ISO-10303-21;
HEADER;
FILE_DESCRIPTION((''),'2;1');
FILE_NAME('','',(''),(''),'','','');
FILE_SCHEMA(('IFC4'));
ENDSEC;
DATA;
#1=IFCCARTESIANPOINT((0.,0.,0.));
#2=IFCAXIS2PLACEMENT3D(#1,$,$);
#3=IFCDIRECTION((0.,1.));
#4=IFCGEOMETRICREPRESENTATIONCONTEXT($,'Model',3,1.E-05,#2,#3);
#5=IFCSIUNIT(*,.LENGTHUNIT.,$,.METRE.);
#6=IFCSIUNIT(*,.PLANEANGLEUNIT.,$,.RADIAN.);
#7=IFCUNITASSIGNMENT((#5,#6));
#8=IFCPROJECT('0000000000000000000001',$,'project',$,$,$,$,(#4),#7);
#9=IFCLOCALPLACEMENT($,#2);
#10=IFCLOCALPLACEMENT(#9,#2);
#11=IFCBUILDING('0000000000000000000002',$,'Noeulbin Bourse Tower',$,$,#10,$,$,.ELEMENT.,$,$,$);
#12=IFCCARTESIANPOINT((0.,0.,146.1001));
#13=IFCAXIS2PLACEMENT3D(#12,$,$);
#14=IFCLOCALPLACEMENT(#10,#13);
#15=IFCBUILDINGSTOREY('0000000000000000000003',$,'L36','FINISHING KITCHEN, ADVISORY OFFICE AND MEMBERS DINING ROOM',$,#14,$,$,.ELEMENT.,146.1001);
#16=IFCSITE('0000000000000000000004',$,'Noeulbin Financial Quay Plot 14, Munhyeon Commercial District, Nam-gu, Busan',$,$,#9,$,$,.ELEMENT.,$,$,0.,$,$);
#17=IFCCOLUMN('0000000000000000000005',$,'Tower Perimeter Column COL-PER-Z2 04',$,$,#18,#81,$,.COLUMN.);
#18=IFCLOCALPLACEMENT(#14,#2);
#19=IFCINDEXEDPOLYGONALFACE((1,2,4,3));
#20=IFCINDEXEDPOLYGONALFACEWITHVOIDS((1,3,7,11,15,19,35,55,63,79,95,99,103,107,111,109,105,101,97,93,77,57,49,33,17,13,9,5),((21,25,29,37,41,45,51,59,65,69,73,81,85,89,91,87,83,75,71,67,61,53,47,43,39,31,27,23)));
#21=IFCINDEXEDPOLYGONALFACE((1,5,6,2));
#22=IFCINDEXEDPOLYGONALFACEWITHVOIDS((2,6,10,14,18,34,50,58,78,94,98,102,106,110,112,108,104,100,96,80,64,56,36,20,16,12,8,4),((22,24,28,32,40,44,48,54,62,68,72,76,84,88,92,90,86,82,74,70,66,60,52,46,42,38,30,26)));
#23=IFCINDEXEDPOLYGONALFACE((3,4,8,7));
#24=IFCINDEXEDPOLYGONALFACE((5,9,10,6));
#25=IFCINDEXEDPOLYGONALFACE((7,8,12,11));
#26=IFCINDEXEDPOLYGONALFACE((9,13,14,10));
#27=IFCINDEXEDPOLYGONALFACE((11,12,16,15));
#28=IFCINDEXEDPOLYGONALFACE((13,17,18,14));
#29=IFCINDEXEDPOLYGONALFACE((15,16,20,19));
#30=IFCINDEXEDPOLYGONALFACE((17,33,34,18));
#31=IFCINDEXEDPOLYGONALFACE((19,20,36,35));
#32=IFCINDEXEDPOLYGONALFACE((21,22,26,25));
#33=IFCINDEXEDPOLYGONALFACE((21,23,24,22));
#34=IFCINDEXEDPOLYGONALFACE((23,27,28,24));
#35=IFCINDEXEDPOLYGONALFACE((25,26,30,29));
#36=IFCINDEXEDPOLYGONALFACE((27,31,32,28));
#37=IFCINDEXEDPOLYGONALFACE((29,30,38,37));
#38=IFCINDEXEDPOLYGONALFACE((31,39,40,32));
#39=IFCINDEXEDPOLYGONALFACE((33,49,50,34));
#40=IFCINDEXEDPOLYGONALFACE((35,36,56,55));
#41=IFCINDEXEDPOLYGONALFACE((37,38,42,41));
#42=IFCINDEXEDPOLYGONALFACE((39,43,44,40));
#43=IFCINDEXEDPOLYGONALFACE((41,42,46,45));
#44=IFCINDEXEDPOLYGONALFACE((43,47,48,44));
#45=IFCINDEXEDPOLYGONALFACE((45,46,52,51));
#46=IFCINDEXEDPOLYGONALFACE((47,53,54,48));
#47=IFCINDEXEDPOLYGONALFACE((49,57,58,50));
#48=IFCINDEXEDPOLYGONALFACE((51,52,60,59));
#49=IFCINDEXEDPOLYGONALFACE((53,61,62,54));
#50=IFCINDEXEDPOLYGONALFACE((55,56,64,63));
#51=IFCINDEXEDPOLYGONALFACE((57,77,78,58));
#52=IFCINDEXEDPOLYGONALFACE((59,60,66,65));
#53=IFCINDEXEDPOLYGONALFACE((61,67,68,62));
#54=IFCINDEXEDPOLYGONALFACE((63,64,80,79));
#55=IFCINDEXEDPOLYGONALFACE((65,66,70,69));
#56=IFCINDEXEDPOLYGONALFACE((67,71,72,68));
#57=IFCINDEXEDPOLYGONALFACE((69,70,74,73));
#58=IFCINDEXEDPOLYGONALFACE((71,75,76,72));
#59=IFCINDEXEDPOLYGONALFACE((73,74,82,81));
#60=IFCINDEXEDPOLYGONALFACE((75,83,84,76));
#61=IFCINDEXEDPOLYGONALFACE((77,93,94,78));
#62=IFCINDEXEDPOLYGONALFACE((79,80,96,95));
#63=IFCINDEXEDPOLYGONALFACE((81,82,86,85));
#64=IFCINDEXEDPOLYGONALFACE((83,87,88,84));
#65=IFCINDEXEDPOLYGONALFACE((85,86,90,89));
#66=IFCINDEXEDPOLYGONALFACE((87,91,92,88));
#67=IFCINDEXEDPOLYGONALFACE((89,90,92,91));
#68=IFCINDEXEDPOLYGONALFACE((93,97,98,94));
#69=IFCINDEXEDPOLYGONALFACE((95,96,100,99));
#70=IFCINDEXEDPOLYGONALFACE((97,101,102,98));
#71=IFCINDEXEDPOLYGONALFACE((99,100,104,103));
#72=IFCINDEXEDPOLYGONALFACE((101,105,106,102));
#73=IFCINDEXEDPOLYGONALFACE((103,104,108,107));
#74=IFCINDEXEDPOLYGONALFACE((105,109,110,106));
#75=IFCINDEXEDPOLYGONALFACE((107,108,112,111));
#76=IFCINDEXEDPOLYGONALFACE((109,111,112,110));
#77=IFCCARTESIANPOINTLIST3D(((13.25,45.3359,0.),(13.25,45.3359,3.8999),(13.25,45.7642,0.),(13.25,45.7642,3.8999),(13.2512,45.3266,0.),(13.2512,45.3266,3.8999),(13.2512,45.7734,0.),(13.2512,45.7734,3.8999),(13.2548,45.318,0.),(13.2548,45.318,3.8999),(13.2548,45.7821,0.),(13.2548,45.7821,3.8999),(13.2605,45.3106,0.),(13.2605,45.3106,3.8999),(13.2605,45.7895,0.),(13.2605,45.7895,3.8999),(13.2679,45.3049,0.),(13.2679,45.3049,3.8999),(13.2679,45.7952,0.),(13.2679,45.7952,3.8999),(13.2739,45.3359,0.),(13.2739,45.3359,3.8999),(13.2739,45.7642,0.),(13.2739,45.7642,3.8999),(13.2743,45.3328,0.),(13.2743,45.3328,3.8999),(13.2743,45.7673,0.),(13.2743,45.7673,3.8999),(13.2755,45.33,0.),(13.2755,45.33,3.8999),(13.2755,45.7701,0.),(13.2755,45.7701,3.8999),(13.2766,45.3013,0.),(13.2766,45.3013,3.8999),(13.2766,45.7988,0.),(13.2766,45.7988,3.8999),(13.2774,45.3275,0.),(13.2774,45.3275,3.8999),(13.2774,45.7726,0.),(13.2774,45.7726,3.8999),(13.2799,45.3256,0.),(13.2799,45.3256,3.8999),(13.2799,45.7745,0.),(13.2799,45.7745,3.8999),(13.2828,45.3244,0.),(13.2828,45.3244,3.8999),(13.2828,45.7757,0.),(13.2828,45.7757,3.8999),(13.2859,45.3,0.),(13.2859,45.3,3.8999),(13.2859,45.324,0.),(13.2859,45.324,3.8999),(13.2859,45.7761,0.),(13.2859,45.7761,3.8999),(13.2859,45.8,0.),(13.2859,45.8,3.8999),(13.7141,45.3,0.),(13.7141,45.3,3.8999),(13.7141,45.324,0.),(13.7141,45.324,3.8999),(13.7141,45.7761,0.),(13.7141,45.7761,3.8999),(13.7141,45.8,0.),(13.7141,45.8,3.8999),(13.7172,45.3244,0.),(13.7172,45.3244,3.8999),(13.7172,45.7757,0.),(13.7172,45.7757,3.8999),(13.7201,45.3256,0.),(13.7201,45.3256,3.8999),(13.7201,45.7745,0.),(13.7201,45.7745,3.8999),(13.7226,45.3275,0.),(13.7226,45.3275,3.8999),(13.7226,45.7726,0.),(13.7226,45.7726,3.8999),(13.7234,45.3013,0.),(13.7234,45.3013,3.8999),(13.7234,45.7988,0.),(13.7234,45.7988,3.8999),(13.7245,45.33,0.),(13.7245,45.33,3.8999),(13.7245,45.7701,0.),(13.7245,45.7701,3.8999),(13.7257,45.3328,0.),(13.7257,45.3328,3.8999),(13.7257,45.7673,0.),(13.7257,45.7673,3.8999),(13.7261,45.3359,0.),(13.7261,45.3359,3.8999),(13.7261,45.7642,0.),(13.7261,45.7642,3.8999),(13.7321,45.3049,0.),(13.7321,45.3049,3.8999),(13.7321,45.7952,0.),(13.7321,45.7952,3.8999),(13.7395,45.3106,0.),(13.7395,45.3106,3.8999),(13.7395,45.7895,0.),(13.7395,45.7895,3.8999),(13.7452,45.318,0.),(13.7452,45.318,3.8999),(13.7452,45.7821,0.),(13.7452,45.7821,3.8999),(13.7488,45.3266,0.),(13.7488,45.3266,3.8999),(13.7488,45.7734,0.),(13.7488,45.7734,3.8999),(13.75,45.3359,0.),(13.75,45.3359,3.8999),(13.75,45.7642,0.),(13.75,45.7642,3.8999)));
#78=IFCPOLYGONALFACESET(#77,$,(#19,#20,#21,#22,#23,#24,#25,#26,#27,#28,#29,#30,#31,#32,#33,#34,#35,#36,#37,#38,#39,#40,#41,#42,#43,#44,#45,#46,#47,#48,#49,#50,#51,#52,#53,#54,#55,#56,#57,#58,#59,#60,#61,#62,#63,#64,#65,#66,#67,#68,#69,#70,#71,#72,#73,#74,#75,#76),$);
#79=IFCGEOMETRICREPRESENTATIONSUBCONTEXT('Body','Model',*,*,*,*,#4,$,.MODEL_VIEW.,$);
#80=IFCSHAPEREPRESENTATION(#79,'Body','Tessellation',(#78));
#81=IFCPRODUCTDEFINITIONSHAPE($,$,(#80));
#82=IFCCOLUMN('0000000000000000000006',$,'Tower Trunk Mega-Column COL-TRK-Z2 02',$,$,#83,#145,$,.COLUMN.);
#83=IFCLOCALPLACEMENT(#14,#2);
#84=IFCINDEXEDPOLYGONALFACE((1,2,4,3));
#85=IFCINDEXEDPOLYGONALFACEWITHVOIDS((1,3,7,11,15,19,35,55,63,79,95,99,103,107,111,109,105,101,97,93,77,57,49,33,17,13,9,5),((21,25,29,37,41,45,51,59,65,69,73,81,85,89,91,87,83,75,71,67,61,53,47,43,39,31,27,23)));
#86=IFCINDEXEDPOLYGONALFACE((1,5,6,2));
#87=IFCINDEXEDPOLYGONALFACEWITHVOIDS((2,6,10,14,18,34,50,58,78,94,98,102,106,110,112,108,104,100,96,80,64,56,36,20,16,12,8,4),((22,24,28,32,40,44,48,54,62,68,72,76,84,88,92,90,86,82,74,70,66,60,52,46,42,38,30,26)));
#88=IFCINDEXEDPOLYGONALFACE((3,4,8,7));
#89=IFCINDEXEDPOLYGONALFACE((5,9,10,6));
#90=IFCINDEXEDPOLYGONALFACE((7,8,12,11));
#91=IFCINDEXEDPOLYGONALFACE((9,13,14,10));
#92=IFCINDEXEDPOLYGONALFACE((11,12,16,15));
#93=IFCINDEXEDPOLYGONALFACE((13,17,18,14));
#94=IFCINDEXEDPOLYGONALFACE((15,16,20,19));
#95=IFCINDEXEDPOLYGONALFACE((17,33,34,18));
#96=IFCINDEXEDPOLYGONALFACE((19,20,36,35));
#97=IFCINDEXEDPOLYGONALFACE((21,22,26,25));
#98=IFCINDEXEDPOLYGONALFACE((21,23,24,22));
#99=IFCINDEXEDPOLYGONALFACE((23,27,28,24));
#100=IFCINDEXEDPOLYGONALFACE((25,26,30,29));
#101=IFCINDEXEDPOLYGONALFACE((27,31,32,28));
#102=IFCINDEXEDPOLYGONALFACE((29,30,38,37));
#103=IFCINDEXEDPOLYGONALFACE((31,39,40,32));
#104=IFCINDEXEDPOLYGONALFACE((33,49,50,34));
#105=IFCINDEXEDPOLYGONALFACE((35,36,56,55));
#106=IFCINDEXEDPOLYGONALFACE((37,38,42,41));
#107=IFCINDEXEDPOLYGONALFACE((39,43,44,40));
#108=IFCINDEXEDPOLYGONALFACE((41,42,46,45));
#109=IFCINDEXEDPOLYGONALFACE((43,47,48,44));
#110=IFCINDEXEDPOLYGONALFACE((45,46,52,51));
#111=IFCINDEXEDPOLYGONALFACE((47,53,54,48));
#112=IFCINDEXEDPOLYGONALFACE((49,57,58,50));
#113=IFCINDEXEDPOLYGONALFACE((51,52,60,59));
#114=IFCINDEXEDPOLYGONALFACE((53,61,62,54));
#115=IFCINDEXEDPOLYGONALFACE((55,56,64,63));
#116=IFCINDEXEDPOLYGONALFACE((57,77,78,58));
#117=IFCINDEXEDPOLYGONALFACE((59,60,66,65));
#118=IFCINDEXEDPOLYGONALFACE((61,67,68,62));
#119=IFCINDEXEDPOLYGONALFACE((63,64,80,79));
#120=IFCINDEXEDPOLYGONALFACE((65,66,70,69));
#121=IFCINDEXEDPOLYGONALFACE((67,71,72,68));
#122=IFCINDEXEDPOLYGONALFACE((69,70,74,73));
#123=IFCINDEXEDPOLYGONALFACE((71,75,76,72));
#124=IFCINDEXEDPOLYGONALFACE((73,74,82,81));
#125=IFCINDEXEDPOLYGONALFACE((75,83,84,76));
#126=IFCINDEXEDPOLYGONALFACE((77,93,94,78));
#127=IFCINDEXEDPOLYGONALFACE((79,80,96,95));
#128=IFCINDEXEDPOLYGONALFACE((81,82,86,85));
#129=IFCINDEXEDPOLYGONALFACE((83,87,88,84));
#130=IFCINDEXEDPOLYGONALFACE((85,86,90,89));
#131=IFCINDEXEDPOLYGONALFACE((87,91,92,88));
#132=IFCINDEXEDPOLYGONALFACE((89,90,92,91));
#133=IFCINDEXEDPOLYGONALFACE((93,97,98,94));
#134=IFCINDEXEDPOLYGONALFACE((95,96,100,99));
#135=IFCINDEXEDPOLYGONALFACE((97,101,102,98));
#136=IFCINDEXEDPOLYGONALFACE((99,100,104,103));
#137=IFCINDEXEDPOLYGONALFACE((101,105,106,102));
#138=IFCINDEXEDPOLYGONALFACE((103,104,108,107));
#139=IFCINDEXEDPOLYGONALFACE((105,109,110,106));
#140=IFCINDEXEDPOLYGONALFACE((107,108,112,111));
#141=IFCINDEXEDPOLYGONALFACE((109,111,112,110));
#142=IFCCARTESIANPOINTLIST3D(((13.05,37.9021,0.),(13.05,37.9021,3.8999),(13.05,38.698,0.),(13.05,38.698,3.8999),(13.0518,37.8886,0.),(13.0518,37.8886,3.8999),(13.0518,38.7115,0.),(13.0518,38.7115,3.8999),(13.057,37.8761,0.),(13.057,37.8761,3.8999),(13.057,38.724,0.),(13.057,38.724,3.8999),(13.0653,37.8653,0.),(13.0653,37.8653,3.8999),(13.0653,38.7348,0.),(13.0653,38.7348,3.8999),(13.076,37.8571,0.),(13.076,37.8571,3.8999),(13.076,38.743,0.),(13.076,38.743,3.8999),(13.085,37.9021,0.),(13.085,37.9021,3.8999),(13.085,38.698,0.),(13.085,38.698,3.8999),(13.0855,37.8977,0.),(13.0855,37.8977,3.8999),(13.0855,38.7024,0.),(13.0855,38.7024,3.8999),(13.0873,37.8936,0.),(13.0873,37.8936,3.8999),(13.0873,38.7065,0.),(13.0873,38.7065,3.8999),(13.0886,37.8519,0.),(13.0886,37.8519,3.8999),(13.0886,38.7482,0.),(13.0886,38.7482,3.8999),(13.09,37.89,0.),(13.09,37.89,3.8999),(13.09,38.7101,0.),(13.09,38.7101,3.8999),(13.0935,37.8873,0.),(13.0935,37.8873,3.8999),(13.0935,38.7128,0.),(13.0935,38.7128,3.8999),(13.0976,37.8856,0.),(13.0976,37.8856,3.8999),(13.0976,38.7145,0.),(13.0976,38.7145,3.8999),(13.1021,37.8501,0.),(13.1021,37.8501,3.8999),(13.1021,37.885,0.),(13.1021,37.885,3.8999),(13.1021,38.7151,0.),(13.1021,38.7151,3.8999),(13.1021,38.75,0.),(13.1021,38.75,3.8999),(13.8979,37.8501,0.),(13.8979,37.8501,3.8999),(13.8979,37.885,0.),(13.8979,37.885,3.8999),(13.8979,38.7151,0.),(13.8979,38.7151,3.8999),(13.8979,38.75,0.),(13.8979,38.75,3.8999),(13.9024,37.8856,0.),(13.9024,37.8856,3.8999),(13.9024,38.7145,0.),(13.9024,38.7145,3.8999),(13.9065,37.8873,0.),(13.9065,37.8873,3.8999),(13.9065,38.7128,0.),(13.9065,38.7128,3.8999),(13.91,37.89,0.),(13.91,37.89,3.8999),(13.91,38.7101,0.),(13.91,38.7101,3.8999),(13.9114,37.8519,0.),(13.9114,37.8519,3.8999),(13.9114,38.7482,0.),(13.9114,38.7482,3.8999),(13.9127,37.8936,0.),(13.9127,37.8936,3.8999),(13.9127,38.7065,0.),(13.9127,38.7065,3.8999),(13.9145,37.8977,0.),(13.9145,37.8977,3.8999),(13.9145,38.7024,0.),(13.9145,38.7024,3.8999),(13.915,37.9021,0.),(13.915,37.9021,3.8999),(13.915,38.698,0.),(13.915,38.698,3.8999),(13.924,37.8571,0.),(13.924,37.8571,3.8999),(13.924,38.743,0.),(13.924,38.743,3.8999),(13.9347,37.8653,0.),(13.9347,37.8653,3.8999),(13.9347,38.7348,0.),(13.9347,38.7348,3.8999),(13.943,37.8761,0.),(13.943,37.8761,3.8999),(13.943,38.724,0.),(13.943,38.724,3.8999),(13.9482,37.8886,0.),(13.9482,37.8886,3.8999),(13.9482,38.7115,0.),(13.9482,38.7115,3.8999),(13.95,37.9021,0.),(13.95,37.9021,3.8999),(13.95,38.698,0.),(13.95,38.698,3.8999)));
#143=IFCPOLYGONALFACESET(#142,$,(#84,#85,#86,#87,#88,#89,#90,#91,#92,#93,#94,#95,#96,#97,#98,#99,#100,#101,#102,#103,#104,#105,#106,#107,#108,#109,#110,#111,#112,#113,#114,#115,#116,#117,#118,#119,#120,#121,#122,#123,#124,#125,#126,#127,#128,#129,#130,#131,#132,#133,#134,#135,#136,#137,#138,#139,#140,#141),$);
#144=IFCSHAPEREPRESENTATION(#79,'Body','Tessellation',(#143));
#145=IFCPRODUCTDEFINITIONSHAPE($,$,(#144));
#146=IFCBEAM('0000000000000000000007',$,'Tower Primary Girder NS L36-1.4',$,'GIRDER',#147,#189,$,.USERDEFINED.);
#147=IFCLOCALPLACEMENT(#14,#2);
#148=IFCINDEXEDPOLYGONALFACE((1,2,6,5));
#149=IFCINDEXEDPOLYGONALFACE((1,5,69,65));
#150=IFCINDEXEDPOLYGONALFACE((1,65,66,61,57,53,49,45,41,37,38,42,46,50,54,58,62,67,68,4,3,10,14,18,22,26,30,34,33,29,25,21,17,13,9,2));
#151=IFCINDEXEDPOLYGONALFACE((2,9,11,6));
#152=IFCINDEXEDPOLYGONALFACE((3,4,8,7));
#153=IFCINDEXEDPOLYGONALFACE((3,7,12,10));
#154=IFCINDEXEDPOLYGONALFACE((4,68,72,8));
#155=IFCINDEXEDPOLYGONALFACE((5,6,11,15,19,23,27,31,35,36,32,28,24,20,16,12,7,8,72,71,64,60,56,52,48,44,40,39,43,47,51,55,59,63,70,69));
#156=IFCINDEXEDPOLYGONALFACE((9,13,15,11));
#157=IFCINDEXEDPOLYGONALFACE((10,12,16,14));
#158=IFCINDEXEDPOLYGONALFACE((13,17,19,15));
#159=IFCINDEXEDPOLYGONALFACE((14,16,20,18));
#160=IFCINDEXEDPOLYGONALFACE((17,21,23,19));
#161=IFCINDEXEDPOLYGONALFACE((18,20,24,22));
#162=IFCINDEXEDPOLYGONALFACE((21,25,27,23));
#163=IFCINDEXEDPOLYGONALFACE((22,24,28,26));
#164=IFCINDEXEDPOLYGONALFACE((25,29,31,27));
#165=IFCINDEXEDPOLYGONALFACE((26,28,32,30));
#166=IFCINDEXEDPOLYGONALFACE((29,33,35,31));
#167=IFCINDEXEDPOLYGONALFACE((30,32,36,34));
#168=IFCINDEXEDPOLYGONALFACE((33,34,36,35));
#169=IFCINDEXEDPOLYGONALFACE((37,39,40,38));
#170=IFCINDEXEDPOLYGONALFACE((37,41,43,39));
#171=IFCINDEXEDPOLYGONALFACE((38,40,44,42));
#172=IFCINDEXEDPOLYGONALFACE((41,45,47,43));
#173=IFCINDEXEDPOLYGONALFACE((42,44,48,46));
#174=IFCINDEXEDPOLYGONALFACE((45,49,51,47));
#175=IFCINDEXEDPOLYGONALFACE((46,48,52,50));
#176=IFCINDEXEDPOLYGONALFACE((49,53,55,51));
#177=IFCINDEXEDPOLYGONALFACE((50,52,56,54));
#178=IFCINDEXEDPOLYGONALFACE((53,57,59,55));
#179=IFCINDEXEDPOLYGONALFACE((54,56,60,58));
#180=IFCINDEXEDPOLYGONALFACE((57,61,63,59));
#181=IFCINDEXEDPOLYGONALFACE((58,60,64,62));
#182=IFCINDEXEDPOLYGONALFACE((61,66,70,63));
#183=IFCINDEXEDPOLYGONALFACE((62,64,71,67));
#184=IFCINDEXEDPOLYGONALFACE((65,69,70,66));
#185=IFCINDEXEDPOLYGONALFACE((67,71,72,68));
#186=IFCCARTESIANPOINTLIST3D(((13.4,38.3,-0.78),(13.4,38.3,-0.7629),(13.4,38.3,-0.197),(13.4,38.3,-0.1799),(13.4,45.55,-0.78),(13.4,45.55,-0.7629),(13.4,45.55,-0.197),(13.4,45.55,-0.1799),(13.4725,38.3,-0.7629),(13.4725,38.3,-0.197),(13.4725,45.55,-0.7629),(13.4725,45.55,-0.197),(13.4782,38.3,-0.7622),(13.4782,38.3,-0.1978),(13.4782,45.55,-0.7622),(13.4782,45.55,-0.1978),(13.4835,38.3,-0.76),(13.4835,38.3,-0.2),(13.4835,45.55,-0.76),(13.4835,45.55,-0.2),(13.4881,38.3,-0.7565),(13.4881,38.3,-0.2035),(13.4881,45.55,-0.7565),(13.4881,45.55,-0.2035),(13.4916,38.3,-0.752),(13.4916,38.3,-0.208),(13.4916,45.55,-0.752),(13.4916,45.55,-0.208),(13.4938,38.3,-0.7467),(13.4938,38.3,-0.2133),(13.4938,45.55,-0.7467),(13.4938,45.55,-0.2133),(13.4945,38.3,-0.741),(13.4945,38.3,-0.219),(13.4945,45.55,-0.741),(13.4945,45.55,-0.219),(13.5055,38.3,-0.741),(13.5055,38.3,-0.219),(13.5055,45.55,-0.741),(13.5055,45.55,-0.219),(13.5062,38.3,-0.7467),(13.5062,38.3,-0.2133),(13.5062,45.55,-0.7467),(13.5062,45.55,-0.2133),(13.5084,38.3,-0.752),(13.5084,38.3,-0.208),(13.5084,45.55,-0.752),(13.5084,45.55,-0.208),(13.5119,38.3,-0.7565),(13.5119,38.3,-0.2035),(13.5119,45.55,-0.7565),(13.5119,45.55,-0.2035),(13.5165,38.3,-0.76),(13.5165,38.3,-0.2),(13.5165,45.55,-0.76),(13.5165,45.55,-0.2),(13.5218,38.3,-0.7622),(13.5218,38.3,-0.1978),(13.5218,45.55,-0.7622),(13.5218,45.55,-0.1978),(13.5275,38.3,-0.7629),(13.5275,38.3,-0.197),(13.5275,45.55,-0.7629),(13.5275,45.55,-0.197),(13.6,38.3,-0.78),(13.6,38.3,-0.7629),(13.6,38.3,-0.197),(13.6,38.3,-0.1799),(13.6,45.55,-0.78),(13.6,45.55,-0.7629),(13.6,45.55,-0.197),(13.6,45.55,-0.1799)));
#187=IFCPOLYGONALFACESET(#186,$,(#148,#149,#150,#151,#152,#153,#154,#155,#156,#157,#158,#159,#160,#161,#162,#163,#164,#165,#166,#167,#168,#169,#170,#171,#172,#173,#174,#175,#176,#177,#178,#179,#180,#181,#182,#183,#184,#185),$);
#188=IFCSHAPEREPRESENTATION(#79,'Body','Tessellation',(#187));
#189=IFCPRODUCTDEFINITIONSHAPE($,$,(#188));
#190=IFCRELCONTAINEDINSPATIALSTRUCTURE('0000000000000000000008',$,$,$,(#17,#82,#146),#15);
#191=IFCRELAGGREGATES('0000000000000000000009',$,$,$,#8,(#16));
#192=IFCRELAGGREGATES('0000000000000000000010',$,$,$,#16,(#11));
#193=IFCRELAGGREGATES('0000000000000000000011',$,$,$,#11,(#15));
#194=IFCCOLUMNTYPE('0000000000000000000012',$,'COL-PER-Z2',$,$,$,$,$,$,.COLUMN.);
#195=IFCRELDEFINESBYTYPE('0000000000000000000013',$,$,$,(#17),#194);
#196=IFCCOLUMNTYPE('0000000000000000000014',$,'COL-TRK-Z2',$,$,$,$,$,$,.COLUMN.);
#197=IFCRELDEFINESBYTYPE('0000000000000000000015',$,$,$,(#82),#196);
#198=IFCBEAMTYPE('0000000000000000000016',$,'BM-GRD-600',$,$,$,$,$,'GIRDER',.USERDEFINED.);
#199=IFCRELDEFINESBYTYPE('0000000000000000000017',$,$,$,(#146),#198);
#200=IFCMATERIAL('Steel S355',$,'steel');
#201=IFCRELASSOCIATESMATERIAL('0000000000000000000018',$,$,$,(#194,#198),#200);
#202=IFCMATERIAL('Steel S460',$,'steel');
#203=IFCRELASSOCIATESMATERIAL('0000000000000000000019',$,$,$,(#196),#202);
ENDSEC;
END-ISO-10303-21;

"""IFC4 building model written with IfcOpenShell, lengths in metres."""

from ifc_helpers import new_model, si_unit, direction, frame, origin, origin_2d, place, context, subcontext, project, spatial, hollow_rectangle, i_section, extrude, material, material_profile, profile_set, type_object, element, save


model = new_model("IFC4")

# Units and contexts
model_context = context("Model", 3, precision=1e-05, world=origin(), true_north=direction((0.0, 1.0)))
body_context = subcontext(model_context, "Body", "Model", "MODEL_VIEW")
ifc_project = project(units=[si_unit("LENGTHUNIT", "METRE"), si_unit("PLANEANGLEUNIT", "RADIAN")], contexts=[model_context])

# Site, building, storey
site_placement = place(None, origin())
site = spatial("IfcSite", under=ifc_project, at=site_placement, Name="Noeulbin Financial Quay Plot 14, Munhyeon Commercial District, Nam-gu, Busan", CompositionType="ELEMENT", RefElevation=0.0)
building_placement = place(site_placement, origin())
building = spatial("IfcBuilding", under=site, at=building_placement, Name="Noeulbin Bourse Tower", CompositionType="ELEMENT")
storey_placement = place(building_placement, frame((0.0, 0.0, 146.1001)))
storey = spatial("IfcBuildingStorey", under=building, at=storey_placement, Name="L36", Description="FINISHING KITCHEN, ADVISORY OFFICE AND MEMBERS DINING ROOM", CompositionType="ELEMENT", Elevation=146.1001)

# Columns
ifc_material_1 = material(Name="Steel S355", Category="steel")
ifc_material_profile_1 = material_profile(ifc_material_1, hollow_rectangle(XDim=0.5, YDim=0.5, WallThickness=0.0239, InnerFilletRadius=0.012, OuterFilletRadius=0.0359, at=origin_2d()), Name="BOX-500x500x24", Category="LoadBearing")
ifc_profile_set_1 = profile_set([ifc_material_profile_1], Name="Steel S355")
column_type_1 = type_object("IfcColumnType", Name="COL-PER-Z2", PredefinedType="COLUMN", material=ifc_profile_set_1)
column_1_placement = place(storey_placement, frame((13.5, 45.55, 0.0), z_axis=(0.0, 0.0, 1.0), x_axis=(1.0, 0.0, 0.0)))
element("IfcColumn", 1, at=column_1_placement, inside=storey, type_object=column_type_1, Name="Tower Perimeter Column COL-PER-Z2 04", PredefinedType="COLUMN", context=body_context, shape_type="SweptSolid", body=[
    extrude(hollow_rectangle(XDim=0.5, YDim=0.5, WallThickness=0.0239, InnerFilletRadius=0.012, OuterFilletRadius=0.0359, at=origin_2d()), origin(), (0.0, 0.0, 1.0), 3.8999),
])
ifc_material_2 = material(Name="Steel S460", Category="steel")
ifc_material_profile_2 = material_profile(ifc_material_2, hollow_rectangle(XDim=0.8999, YDim=0.8999, WallThickness=0.0349, InnerFilletRadius=0.0171, OuterFilletRadius=0.052, at=origin_2d()), Name="BOX-900x900x35", Category="LoadBearing")
ifc_profile_set_2 = profile_set([ifc_material_profile_2], Name="Steel S460")
column_type_2 = type_object("IfcColumnType", Name="COL-TRK-Z2", PredefinedType="COLUMN", material=ifc_profile_set_2)
column_2_placement = place(storey_placement, frame((13.5, 38.3, 0.0), z_axis=(0.0, 0.0, 1.0), x_axis=(1.0, 0.0, 0.0)))
element("IfcColumn", 2, at=column_2_placement, inside=storey, type_object=column_type_2, Name="Tower Trunk Mega-Column COL-TRK-Z2 02", PredefinedType="COLUMN", context=body_context, shape_type="SweptSolid", body=[
    extrude(hollow_rectangle(XDim=0.8999, YDim=0.8999, WallThickness=0.0349, InnerFilletRadius=0.0171, OuterFilletRadius=0.052, at=origin_2d()), origin(), (0.0, 0.0, 1.0), 3.8999),
])

# Beam
ifc_material_profile_3 = material_profile(ifc_material_1, i_section(OverallWidth=0.2, OverallDepth=0.6001, WebThickness=0.011, FlangeThickness=0.0171, FilletRadius=0.022, at=origin_2d()), Name="H-600x200x11x17", Category="LoadBearing")
ifc_profile_set_3 = profile_set([ifc_material_profile_3], Name="Steel S355")
beam_type_1 = type_object("IfcBeamType", Name="BM-GRD-600", ElementType="GIRDER", PredefinedType="USERDEFINED", material=ifc_profile_set_3)
beam_1_placement = place(storey_placement, frame((13.5, 38.3, -0.48), z_axis=(0.0, 1.0, 0.0), x_axis=(-1.0, 0.0, 0.0)))
element("IfcBeam", 3, at=beam_1_placement, inside=storey, type_object=beam_type_1, Name="Tower Primary Girder NS L36-1.4", ObjectType="GIRDER", PredefinedType="USERDEFINED", context=body_context, shape_type="SweptSolid", body=[
    extrude(i_section(OverallWidth=0.2, OverallDepth=0.6001, WebThickness=0.011, FlangeThickness=0.0171, FilletRadius=0.022, at=origin_2d()), origin(), (0.0, 0.0, 1.0), 7.25),
])

save(model, "model.ifc")
